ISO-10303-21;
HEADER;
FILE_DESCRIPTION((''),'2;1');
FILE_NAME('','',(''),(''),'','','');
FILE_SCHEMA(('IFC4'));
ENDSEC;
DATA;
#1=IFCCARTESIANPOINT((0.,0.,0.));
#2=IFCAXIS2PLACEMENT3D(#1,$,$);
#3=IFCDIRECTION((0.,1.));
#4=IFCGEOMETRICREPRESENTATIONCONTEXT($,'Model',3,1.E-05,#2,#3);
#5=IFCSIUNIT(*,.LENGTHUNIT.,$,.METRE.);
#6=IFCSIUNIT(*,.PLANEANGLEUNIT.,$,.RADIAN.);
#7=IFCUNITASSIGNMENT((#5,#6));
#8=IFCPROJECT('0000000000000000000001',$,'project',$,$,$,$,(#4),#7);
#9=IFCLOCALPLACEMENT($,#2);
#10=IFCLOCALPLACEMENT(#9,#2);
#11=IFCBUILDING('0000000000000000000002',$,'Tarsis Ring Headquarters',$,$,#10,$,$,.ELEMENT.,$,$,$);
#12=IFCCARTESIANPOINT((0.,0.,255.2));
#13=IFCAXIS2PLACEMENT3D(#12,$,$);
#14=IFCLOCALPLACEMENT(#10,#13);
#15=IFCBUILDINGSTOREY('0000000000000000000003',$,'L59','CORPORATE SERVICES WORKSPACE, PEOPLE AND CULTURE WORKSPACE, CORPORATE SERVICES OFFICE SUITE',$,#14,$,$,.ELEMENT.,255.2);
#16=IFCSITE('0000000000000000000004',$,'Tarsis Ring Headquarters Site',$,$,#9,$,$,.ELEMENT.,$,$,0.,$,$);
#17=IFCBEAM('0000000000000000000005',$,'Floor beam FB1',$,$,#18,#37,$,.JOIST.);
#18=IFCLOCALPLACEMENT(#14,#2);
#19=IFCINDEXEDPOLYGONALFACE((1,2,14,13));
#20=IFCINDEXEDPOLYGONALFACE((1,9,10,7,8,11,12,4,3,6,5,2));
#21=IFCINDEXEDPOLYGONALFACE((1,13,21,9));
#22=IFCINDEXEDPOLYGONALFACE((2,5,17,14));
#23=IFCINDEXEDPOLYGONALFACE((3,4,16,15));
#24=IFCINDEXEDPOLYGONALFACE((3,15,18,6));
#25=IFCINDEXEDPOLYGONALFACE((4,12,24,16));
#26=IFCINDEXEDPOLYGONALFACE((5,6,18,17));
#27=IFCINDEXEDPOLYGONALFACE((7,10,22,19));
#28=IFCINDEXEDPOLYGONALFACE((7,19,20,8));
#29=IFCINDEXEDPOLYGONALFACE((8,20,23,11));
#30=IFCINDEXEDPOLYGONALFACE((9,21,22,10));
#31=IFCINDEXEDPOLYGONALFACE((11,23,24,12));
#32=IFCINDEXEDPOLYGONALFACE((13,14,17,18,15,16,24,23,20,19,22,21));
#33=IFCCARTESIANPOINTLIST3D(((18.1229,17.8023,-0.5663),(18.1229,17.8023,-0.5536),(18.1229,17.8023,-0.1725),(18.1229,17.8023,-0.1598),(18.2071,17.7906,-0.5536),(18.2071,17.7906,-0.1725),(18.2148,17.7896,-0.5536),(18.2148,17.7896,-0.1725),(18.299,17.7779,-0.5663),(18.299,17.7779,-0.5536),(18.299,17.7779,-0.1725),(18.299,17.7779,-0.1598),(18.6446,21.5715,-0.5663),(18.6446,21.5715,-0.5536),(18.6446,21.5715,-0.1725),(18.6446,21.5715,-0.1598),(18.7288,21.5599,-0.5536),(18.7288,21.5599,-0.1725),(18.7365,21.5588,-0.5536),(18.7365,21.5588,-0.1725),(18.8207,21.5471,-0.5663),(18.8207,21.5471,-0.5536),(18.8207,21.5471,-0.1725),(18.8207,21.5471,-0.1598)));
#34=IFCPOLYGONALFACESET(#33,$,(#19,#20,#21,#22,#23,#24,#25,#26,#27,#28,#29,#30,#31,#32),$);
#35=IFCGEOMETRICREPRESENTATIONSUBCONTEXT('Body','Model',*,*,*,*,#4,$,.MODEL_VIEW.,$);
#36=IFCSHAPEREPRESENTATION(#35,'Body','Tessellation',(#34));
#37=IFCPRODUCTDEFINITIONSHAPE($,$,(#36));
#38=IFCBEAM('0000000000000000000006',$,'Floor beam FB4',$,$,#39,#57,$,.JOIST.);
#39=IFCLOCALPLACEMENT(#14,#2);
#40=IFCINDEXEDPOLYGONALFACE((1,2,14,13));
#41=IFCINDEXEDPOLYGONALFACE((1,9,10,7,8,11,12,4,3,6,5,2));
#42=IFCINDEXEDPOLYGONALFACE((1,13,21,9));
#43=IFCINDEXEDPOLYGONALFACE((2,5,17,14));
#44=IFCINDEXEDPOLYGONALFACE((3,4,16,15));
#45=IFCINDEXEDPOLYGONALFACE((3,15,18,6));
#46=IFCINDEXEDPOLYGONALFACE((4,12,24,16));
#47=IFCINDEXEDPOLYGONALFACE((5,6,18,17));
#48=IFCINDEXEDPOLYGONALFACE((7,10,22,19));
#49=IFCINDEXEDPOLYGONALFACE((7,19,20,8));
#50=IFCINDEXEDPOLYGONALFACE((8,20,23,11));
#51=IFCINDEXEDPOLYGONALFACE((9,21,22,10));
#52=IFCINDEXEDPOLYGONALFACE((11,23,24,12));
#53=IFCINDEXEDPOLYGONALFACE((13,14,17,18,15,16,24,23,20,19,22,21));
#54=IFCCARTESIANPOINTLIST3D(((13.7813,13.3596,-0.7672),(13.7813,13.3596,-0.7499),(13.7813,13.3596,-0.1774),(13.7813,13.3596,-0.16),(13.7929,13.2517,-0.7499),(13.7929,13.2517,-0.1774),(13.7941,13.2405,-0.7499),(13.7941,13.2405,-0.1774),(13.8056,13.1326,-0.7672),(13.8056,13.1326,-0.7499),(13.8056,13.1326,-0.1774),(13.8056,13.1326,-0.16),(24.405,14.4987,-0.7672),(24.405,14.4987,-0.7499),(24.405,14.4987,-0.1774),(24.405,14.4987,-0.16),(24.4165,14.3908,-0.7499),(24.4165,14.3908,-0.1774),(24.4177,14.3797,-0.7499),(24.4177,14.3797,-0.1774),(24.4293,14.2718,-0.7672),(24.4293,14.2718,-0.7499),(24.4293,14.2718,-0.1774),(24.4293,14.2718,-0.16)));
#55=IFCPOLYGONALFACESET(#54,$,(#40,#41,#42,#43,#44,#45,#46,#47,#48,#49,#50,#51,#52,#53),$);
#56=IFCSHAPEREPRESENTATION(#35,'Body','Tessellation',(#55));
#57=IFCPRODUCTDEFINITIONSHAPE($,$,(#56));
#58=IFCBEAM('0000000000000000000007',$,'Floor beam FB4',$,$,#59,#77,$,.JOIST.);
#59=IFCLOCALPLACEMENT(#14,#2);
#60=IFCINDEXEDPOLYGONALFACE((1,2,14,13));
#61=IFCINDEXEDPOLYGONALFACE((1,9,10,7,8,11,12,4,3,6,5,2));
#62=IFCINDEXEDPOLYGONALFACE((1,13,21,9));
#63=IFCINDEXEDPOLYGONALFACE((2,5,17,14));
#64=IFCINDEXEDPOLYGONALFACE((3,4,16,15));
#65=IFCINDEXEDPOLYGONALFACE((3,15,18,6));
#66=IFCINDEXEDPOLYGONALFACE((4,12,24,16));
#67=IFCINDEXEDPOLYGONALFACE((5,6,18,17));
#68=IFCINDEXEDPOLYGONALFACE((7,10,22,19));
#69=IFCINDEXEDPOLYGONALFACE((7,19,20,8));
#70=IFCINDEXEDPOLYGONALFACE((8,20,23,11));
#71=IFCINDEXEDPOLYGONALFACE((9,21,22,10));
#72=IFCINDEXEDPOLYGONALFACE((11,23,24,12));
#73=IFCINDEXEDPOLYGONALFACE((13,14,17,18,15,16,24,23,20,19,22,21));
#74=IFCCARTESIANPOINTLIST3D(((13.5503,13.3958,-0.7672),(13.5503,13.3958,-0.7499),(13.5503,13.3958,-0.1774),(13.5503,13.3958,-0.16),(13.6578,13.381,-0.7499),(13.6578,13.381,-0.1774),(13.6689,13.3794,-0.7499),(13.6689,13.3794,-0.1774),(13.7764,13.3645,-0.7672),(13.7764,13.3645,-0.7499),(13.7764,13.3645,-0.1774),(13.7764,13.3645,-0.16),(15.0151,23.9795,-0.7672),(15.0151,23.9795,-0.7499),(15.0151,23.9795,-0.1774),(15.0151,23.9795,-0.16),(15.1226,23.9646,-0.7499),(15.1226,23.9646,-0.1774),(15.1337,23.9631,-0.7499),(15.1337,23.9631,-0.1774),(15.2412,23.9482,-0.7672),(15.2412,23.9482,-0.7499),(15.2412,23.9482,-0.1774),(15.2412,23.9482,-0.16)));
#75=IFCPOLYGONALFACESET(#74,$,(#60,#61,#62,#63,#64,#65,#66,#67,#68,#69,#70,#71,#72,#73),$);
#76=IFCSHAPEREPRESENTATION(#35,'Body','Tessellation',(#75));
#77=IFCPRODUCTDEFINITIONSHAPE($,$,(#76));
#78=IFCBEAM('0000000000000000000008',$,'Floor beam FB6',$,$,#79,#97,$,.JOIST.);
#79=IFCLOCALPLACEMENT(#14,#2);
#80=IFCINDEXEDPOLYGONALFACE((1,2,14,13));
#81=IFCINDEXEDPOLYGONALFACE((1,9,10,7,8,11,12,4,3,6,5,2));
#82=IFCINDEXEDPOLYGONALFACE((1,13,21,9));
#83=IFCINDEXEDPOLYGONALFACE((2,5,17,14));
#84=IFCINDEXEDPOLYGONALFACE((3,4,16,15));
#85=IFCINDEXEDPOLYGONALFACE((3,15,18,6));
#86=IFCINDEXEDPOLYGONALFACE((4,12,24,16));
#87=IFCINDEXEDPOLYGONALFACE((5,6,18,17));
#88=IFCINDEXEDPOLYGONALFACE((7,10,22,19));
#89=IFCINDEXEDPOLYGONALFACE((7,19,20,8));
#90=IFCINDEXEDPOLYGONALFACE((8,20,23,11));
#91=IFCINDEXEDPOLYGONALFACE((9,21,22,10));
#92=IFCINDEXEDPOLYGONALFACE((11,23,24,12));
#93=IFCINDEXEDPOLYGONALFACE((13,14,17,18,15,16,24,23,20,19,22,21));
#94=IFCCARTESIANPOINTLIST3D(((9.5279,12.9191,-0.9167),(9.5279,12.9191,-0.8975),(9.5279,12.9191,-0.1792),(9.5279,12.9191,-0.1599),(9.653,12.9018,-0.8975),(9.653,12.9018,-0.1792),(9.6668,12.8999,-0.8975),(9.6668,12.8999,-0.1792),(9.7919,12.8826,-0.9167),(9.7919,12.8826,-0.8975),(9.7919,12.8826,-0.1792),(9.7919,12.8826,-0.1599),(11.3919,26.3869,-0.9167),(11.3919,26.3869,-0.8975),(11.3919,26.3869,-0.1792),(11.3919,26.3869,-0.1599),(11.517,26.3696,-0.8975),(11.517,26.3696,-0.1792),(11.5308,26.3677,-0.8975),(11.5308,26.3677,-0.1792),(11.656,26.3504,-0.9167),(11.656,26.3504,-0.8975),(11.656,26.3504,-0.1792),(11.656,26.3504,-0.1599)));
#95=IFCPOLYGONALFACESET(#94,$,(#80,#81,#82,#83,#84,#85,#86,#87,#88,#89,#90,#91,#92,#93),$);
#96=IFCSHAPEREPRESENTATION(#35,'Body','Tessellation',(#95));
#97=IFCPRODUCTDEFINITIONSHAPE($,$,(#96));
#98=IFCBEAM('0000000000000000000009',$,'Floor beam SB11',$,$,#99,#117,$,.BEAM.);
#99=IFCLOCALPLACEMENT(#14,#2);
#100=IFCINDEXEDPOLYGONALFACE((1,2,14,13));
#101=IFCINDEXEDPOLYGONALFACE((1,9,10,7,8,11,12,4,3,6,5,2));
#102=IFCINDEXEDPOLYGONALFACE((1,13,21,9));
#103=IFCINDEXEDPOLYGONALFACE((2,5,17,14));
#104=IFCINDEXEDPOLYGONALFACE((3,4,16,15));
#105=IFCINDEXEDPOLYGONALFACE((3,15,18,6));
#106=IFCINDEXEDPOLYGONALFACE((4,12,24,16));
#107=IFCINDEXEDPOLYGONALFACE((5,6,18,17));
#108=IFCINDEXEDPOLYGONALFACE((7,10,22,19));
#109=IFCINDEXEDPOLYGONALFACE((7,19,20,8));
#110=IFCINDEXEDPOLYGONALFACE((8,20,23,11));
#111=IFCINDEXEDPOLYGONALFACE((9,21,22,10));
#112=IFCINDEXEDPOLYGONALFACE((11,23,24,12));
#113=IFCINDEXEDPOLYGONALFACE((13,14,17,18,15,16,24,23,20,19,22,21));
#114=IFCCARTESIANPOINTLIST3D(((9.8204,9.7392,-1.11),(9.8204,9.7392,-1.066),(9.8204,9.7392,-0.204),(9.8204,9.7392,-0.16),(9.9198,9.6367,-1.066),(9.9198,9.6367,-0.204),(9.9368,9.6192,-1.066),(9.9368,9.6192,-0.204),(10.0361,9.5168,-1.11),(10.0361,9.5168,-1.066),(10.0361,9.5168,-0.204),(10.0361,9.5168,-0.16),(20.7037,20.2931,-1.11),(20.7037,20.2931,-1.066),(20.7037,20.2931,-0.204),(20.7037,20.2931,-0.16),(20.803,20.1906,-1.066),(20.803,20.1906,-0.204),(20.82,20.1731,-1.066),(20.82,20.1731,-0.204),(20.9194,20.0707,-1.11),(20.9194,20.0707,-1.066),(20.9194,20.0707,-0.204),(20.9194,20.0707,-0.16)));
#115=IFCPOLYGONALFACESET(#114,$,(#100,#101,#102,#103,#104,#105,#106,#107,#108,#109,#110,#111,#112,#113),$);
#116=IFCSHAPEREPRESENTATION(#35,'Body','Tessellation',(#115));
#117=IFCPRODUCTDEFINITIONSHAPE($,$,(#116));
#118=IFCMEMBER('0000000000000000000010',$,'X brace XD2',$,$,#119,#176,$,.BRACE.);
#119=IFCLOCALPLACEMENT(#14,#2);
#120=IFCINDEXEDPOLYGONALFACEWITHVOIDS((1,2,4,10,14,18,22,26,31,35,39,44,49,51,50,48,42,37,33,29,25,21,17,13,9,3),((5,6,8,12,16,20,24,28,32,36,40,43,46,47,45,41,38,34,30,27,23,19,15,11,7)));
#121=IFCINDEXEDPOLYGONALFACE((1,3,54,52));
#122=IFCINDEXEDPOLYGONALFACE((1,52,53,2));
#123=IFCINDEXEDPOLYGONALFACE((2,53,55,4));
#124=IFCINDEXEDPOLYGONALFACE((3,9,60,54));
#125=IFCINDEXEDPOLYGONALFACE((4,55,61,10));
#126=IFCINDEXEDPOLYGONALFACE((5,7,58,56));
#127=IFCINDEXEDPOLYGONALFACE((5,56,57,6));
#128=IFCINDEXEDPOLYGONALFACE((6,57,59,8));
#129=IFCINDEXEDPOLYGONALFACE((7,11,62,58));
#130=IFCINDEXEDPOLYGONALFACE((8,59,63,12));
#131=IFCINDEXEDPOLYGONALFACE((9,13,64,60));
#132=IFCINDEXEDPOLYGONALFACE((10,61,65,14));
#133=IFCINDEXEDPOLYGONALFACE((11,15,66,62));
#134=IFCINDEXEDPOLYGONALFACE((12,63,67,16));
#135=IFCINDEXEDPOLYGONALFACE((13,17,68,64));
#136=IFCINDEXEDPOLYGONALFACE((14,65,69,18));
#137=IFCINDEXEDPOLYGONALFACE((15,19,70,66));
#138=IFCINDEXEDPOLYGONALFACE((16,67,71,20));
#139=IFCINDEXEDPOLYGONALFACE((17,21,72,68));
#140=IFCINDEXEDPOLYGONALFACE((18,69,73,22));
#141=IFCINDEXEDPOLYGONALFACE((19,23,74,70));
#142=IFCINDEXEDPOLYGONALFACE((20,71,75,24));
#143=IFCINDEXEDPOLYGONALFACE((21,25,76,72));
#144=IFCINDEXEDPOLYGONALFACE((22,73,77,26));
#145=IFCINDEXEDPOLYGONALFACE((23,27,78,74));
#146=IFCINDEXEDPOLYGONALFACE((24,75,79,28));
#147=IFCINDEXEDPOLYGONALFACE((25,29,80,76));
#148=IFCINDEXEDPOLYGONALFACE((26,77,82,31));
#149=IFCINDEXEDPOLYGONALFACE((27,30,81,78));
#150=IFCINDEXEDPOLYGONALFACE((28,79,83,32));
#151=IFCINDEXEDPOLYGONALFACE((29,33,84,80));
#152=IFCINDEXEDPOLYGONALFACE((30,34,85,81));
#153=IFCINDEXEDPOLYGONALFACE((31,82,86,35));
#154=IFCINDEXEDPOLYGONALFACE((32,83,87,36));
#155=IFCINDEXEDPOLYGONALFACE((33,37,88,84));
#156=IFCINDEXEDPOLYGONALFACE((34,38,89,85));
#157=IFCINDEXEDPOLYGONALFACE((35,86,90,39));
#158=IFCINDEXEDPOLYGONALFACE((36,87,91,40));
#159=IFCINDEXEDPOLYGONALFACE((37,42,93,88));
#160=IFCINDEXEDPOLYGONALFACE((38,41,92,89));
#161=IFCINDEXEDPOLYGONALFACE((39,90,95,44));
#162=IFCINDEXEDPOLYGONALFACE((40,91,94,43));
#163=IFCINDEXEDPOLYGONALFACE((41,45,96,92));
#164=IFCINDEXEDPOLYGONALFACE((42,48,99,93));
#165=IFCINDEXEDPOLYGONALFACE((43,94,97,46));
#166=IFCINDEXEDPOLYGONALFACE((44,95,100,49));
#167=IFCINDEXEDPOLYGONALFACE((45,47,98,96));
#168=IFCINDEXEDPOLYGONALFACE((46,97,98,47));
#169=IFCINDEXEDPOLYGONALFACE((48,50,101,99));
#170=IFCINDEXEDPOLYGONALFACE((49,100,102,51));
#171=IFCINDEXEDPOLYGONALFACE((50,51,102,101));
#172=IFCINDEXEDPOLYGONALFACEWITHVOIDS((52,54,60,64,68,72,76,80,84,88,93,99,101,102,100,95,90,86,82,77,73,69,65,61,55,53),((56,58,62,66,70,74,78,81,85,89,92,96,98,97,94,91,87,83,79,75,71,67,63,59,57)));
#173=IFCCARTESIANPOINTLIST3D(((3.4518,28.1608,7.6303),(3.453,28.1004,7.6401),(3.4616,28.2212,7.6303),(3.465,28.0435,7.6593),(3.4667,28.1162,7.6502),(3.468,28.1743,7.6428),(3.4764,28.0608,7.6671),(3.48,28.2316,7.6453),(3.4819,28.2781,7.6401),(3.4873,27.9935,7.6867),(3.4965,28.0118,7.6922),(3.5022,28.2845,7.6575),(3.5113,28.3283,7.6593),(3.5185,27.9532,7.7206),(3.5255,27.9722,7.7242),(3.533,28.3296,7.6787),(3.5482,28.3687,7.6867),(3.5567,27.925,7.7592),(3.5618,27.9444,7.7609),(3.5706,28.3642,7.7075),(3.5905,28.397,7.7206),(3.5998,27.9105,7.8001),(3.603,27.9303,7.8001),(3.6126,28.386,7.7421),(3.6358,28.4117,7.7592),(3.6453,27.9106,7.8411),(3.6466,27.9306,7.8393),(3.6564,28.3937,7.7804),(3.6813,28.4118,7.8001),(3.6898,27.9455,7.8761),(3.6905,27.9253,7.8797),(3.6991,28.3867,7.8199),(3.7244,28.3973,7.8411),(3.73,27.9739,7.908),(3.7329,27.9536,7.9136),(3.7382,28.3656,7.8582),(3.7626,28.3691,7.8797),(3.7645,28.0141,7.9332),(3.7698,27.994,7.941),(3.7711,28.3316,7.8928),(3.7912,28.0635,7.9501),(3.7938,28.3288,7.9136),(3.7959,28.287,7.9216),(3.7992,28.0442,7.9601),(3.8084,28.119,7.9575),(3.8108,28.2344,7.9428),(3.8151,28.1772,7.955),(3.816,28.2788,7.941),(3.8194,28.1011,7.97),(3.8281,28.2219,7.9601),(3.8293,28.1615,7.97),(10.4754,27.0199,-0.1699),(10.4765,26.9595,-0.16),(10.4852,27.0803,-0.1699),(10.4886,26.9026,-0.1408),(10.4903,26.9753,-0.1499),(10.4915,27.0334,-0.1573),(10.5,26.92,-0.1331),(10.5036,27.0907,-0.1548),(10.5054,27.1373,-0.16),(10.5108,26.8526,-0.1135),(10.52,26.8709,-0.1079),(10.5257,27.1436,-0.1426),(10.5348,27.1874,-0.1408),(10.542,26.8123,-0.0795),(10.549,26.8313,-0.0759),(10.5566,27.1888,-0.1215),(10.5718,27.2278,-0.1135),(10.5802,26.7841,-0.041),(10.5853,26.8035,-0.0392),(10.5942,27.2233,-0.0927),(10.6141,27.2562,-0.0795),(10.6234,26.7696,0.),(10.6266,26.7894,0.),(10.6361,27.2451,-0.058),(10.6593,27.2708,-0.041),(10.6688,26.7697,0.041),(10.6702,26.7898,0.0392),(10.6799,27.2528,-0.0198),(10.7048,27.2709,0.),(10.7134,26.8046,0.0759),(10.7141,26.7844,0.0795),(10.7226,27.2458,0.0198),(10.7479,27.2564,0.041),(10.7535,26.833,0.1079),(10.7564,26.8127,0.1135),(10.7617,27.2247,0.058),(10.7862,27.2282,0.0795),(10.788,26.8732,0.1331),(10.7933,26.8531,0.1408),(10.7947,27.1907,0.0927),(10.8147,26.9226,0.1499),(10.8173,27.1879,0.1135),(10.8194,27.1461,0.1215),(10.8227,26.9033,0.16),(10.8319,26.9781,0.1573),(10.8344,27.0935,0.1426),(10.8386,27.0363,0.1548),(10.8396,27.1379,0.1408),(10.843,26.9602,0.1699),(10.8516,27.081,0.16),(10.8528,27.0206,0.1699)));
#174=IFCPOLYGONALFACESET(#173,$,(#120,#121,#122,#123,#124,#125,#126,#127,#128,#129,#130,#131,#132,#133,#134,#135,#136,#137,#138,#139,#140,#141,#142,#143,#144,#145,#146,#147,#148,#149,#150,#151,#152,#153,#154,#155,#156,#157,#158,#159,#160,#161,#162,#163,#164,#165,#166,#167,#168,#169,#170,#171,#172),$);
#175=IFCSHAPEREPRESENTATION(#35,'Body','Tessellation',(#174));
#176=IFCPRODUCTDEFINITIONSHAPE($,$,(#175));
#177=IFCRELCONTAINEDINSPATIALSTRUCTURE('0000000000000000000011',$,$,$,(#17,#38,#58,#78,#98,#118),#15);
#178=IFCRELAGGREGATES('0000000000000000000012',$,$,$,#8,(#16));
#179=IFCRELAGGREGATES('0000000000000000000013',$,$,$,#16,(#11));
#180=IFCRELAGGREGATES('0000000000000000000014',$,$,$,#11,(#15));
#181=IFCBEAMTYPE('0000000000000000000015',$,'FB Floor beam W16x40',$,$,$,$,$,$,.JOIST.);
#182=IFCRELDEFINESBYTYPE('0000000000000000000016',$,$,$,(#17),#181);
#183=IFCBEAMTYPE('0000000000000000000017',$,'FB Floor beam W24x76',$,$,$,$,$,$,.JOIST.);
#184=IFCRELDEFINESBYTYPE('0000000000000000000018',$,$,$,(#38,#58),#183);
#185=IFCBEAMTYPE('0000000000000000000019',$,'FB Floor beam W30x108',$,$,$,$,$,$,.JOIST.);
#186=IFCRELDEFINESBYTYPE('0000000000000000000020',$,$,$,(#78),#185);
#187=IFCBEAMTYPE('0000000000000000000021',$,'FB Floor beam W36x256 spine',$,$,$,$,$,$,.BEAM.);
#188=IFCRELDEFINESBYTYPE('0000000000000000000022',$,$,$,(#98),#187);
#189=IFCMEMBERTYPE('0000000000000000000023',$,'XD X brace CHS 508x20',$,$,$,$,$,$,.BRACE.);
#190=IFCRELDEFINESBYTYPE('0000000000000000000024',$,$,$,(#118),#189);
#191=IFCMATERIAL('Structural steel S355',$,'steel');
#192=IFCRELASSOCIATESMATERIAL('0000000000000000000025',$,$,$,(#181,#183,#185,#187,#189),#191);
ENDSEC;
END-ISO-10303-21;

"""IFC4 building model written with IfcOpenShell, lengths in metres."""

from ifc_helpers import new_model, si_unit, direction, frame, origin, origin_2d, place, context, subcontext, project, spatial, hollow_circle, i_section, extrude, material, material_profile, profile_set, type_object, element, save


model = new_model("IFC4")

# Units and contexts
model_context = context("Model", 3, precision=1e-05, world=origin(), true_north=direction((0.0, 1.0)))
body_context = subcontext(model_context, "Body", "Model", "MODEL_VIEW")
ifc_project = project(units=[si_unit("LENGTHUNIT", "METRE"), si_unit("PLANEANGLEUNIT", "RADIAN")], contexts=[model_context])

# Site, building, storey
site_placement = place(None, origin())
site = spatial("IfcSite", under=ifc_project, at=site_placement, Name="Tarsis Ring Headquarters Site", CompositionType="ELEMENT", RefElevation=0.0)
building_placement = place(site_placement, origin())
building = spatial("IfcBuilding", under=site, at=building_placement, Name="Tarsis Ring Headquarters", CompositionType="ELEMENT")
storey_placement = place(building_placement, frame((0.0, 0.0, 255.2)))
storey = spatial("IfcBuildingStorey", under=building, at=storey_placement, Name="L59", Description="CORPORATE SERVICES WORKSPACE, PEOPLE AND CULTURE WORKSPACE, CORPORATE SERVICES OFFICE SUITE", CompositionType="ELEMENT", Elevation=255.2)

# Shared definitions
ifc_material_1 = material(Name="Structural steel S355", Category="steel")

# Beams
ifc_material_profile_1 = material_profile(ifc_material_1, i_section(OverallWidth=0.1777, OverallDepth=0.4065, WebThickness=0.0078, FlangeThickness=0.0127, at=origin_2d()), Name="W16x40")
ifc_profile_set_1 = profile_set([ifc_material_profile_1], Name="Structural steel S355")
beam_type_1 = type_object("IfcBeamType", Name="FB Floor beam W16x40", PredefinedType="JOIST", material=ifc_profile_set_1)
for number, where, z_axis, x_axis, name in (
    (1, (18.7327, 21.5593, -0.363), (-0.137109, -0.990556, 0.0), (0.990556, -0.137109, 0.0), "Floor beam FB1"),
):
    element("IfcBeam", number, at=place(storey_placement, frame(where, z_axis=z_axis, x_axis=x_axis)), inside=storey, type_object=beam_type_1, Name=name, PredefinedType="JOIST", context=body_context, shape_type="SweptSolid", body=[
        extrude(i_section(OverallWidth=0.1777, OverallDepth=0.4065, WebThickness=0.0078, FlangeThickness=0.0127, at=origin_2d()), origin(), (0.0, 0.0, 1.0), 3.8052),
    ])
ifc_material_profile_2 = material_profile(ifc_material_1, i_section(OverallWidth=0.2283, OverallDepth=0.6072, WebThickness=0.0112, FlangeThickness=0.0173, at=origin_2d()), Name="W24x76")
ifc_profile_set_2 = profile_set([ifc_material_profile_2], Name="Structural steel S355")
beam_type_2 = type_object("IfcBeamType", Name="FB Floor beam W24x76", PredefinedType="JOIST", material=ifc_profile_set_2)
for number, where, z_axis, x_axis, name in (
    (2, (13.7935, 13.2461, -0.4636), (0.9943, 0.106616, 0.0), (-0.106616, 0.9943, 0.0), "Floor beam FB4"),
    (3, (15.1282, 23.9639, -0.4636), (-0.137098, -0.990557, 0.0), (0.990557, -0.137098, 0.0), "Floor beam FB4"),
):
    element("IfcBeam", number, at=place(storey_placement, frame(where, z_axis=z_axis, x_axis=x_axis)), inside=storey, type_object=beam_type_2, Name=name, PredefinedType="JOIST", context=body_context, shape_type="SweptSolid", body=[
        extrude(i_section(OverallWidth=0.2283, OverallDepth=0.6072, WebThickness=0.0112, FlangeThickness=0.0173, at=origin_2d()), origin(), (0.0, 0.0, 1.0), 10.6846),
    ])
ifc_material_profile_3 = material_profile(ifc_material_1, i_section(OverallWidth=0.2666, OverallDepth=0.7568, WebThickness=0.0139, FlangeThickness=0.0193, at=origin_2d()), Name="W30x108")
ifc_profile_set_3 = profile_set([ifc_material_profile_3], Name="Structural steel S355")
beam_type_3 = type_object("IfcBeamType", Name="FB Floor beam W30x108", PredefinedType="JOIST", material=ifc_profile_set_3)
beam_1_placement = place(storey_placement, frame((11.5239, 26.3687, -0.5383), z_axis=(-0.137099, -0.990557, 0.0), x_axis=(0.990557, -0.137099, 0.0)))
element("IfcBeam", 4, at=beam_1_placement, inside=storey, type_object=beam_type_3, Name="Floor beam FB6", PredefinedType="JOIST", context=body_context, shape_type="SweptSolid", body=[
    extrude(i_section(OverallWidth=0.2666, OverallDepth=0.7568, WebThickness=0.0139, FlangeThickness=0.0193, at=origin_2d()), origin(), (0.0, 0.0, 1.0), 13.5962),
])
ifc_material_profile_4 = material_profile(ifc_material_1, i_section(OverallWidth=0.3098, OverallDepth=0.95, WebThickness=0.0244, FlangeThickness=0.0439, at=origin_2d()), Name="W36x256")
ifc_profile_set_4 = profile_set([ifc_material_profile_4], Name="Structural steel S355")
beam_type_4 = type_object("IfcBeamType", Name="FB Floor beam W36x256 spine", PredefinedType="BEAM", material=ifc_profile_set_4)
beam_2_placement = place(storey_placement, frame((20.8115, 20.1819, -0.635), z_axis=(-0.717886, -0.696161, 0.0), x_axis=(0.696161, -0.717886, 0.0)))
element("IfcBeam", 5, at=beam_2_placement, inside=storey, type_object=beam_type_4, Name="Floor beam SB11", PredefinedType="BEAM", context=body_context, shape_type="SweptSolid", body=[
    extrude(i_section(OverallWidth=0.3098, OverallDepth=0.95, WebThickness=0.0244, FlangeThickness=0.0439, at=origin_2d()), origin(), (0.0, 0.0, 1.0), 15.1602),
])

# Member
ifc_material_profile_5 = material_profile(ifc_material_1, hollow_circle(Radius=0.2539, WallThickness=0.02, at=origin_2d()), Name="CHS 508x20")
ifc_profile_set_5 = profile_set([ifc_material_profile_5], Name="Structural steel S355")
member_type = type_object("IfcMemberType", Name="XD X brace CHS 508x20", PredefinedType="BRACE", material=ifc_profile_set_5)
member_placement = place(storey_placement, frame((10.6641, 27.0203, 0.0), z_axis=(-0.665225, 0.108057, 0.738782), x_axis=(-0.160336, -0.987063, 0.0)))
element("IfcMember", 6, at=member_placement, inside=storey, type_object=member_type, Name="X brace XD2", PredefinedType="BRACE", context=body_context, shape_type="SweptSolid", body=[
    extrude(hollow_circle(Radius=0.2539, WallThickness=0.02, at=origin_2d()), origin(), (0.0, 0.0, 1.0), 10.5581),
])

save(model, "model.ifc")
